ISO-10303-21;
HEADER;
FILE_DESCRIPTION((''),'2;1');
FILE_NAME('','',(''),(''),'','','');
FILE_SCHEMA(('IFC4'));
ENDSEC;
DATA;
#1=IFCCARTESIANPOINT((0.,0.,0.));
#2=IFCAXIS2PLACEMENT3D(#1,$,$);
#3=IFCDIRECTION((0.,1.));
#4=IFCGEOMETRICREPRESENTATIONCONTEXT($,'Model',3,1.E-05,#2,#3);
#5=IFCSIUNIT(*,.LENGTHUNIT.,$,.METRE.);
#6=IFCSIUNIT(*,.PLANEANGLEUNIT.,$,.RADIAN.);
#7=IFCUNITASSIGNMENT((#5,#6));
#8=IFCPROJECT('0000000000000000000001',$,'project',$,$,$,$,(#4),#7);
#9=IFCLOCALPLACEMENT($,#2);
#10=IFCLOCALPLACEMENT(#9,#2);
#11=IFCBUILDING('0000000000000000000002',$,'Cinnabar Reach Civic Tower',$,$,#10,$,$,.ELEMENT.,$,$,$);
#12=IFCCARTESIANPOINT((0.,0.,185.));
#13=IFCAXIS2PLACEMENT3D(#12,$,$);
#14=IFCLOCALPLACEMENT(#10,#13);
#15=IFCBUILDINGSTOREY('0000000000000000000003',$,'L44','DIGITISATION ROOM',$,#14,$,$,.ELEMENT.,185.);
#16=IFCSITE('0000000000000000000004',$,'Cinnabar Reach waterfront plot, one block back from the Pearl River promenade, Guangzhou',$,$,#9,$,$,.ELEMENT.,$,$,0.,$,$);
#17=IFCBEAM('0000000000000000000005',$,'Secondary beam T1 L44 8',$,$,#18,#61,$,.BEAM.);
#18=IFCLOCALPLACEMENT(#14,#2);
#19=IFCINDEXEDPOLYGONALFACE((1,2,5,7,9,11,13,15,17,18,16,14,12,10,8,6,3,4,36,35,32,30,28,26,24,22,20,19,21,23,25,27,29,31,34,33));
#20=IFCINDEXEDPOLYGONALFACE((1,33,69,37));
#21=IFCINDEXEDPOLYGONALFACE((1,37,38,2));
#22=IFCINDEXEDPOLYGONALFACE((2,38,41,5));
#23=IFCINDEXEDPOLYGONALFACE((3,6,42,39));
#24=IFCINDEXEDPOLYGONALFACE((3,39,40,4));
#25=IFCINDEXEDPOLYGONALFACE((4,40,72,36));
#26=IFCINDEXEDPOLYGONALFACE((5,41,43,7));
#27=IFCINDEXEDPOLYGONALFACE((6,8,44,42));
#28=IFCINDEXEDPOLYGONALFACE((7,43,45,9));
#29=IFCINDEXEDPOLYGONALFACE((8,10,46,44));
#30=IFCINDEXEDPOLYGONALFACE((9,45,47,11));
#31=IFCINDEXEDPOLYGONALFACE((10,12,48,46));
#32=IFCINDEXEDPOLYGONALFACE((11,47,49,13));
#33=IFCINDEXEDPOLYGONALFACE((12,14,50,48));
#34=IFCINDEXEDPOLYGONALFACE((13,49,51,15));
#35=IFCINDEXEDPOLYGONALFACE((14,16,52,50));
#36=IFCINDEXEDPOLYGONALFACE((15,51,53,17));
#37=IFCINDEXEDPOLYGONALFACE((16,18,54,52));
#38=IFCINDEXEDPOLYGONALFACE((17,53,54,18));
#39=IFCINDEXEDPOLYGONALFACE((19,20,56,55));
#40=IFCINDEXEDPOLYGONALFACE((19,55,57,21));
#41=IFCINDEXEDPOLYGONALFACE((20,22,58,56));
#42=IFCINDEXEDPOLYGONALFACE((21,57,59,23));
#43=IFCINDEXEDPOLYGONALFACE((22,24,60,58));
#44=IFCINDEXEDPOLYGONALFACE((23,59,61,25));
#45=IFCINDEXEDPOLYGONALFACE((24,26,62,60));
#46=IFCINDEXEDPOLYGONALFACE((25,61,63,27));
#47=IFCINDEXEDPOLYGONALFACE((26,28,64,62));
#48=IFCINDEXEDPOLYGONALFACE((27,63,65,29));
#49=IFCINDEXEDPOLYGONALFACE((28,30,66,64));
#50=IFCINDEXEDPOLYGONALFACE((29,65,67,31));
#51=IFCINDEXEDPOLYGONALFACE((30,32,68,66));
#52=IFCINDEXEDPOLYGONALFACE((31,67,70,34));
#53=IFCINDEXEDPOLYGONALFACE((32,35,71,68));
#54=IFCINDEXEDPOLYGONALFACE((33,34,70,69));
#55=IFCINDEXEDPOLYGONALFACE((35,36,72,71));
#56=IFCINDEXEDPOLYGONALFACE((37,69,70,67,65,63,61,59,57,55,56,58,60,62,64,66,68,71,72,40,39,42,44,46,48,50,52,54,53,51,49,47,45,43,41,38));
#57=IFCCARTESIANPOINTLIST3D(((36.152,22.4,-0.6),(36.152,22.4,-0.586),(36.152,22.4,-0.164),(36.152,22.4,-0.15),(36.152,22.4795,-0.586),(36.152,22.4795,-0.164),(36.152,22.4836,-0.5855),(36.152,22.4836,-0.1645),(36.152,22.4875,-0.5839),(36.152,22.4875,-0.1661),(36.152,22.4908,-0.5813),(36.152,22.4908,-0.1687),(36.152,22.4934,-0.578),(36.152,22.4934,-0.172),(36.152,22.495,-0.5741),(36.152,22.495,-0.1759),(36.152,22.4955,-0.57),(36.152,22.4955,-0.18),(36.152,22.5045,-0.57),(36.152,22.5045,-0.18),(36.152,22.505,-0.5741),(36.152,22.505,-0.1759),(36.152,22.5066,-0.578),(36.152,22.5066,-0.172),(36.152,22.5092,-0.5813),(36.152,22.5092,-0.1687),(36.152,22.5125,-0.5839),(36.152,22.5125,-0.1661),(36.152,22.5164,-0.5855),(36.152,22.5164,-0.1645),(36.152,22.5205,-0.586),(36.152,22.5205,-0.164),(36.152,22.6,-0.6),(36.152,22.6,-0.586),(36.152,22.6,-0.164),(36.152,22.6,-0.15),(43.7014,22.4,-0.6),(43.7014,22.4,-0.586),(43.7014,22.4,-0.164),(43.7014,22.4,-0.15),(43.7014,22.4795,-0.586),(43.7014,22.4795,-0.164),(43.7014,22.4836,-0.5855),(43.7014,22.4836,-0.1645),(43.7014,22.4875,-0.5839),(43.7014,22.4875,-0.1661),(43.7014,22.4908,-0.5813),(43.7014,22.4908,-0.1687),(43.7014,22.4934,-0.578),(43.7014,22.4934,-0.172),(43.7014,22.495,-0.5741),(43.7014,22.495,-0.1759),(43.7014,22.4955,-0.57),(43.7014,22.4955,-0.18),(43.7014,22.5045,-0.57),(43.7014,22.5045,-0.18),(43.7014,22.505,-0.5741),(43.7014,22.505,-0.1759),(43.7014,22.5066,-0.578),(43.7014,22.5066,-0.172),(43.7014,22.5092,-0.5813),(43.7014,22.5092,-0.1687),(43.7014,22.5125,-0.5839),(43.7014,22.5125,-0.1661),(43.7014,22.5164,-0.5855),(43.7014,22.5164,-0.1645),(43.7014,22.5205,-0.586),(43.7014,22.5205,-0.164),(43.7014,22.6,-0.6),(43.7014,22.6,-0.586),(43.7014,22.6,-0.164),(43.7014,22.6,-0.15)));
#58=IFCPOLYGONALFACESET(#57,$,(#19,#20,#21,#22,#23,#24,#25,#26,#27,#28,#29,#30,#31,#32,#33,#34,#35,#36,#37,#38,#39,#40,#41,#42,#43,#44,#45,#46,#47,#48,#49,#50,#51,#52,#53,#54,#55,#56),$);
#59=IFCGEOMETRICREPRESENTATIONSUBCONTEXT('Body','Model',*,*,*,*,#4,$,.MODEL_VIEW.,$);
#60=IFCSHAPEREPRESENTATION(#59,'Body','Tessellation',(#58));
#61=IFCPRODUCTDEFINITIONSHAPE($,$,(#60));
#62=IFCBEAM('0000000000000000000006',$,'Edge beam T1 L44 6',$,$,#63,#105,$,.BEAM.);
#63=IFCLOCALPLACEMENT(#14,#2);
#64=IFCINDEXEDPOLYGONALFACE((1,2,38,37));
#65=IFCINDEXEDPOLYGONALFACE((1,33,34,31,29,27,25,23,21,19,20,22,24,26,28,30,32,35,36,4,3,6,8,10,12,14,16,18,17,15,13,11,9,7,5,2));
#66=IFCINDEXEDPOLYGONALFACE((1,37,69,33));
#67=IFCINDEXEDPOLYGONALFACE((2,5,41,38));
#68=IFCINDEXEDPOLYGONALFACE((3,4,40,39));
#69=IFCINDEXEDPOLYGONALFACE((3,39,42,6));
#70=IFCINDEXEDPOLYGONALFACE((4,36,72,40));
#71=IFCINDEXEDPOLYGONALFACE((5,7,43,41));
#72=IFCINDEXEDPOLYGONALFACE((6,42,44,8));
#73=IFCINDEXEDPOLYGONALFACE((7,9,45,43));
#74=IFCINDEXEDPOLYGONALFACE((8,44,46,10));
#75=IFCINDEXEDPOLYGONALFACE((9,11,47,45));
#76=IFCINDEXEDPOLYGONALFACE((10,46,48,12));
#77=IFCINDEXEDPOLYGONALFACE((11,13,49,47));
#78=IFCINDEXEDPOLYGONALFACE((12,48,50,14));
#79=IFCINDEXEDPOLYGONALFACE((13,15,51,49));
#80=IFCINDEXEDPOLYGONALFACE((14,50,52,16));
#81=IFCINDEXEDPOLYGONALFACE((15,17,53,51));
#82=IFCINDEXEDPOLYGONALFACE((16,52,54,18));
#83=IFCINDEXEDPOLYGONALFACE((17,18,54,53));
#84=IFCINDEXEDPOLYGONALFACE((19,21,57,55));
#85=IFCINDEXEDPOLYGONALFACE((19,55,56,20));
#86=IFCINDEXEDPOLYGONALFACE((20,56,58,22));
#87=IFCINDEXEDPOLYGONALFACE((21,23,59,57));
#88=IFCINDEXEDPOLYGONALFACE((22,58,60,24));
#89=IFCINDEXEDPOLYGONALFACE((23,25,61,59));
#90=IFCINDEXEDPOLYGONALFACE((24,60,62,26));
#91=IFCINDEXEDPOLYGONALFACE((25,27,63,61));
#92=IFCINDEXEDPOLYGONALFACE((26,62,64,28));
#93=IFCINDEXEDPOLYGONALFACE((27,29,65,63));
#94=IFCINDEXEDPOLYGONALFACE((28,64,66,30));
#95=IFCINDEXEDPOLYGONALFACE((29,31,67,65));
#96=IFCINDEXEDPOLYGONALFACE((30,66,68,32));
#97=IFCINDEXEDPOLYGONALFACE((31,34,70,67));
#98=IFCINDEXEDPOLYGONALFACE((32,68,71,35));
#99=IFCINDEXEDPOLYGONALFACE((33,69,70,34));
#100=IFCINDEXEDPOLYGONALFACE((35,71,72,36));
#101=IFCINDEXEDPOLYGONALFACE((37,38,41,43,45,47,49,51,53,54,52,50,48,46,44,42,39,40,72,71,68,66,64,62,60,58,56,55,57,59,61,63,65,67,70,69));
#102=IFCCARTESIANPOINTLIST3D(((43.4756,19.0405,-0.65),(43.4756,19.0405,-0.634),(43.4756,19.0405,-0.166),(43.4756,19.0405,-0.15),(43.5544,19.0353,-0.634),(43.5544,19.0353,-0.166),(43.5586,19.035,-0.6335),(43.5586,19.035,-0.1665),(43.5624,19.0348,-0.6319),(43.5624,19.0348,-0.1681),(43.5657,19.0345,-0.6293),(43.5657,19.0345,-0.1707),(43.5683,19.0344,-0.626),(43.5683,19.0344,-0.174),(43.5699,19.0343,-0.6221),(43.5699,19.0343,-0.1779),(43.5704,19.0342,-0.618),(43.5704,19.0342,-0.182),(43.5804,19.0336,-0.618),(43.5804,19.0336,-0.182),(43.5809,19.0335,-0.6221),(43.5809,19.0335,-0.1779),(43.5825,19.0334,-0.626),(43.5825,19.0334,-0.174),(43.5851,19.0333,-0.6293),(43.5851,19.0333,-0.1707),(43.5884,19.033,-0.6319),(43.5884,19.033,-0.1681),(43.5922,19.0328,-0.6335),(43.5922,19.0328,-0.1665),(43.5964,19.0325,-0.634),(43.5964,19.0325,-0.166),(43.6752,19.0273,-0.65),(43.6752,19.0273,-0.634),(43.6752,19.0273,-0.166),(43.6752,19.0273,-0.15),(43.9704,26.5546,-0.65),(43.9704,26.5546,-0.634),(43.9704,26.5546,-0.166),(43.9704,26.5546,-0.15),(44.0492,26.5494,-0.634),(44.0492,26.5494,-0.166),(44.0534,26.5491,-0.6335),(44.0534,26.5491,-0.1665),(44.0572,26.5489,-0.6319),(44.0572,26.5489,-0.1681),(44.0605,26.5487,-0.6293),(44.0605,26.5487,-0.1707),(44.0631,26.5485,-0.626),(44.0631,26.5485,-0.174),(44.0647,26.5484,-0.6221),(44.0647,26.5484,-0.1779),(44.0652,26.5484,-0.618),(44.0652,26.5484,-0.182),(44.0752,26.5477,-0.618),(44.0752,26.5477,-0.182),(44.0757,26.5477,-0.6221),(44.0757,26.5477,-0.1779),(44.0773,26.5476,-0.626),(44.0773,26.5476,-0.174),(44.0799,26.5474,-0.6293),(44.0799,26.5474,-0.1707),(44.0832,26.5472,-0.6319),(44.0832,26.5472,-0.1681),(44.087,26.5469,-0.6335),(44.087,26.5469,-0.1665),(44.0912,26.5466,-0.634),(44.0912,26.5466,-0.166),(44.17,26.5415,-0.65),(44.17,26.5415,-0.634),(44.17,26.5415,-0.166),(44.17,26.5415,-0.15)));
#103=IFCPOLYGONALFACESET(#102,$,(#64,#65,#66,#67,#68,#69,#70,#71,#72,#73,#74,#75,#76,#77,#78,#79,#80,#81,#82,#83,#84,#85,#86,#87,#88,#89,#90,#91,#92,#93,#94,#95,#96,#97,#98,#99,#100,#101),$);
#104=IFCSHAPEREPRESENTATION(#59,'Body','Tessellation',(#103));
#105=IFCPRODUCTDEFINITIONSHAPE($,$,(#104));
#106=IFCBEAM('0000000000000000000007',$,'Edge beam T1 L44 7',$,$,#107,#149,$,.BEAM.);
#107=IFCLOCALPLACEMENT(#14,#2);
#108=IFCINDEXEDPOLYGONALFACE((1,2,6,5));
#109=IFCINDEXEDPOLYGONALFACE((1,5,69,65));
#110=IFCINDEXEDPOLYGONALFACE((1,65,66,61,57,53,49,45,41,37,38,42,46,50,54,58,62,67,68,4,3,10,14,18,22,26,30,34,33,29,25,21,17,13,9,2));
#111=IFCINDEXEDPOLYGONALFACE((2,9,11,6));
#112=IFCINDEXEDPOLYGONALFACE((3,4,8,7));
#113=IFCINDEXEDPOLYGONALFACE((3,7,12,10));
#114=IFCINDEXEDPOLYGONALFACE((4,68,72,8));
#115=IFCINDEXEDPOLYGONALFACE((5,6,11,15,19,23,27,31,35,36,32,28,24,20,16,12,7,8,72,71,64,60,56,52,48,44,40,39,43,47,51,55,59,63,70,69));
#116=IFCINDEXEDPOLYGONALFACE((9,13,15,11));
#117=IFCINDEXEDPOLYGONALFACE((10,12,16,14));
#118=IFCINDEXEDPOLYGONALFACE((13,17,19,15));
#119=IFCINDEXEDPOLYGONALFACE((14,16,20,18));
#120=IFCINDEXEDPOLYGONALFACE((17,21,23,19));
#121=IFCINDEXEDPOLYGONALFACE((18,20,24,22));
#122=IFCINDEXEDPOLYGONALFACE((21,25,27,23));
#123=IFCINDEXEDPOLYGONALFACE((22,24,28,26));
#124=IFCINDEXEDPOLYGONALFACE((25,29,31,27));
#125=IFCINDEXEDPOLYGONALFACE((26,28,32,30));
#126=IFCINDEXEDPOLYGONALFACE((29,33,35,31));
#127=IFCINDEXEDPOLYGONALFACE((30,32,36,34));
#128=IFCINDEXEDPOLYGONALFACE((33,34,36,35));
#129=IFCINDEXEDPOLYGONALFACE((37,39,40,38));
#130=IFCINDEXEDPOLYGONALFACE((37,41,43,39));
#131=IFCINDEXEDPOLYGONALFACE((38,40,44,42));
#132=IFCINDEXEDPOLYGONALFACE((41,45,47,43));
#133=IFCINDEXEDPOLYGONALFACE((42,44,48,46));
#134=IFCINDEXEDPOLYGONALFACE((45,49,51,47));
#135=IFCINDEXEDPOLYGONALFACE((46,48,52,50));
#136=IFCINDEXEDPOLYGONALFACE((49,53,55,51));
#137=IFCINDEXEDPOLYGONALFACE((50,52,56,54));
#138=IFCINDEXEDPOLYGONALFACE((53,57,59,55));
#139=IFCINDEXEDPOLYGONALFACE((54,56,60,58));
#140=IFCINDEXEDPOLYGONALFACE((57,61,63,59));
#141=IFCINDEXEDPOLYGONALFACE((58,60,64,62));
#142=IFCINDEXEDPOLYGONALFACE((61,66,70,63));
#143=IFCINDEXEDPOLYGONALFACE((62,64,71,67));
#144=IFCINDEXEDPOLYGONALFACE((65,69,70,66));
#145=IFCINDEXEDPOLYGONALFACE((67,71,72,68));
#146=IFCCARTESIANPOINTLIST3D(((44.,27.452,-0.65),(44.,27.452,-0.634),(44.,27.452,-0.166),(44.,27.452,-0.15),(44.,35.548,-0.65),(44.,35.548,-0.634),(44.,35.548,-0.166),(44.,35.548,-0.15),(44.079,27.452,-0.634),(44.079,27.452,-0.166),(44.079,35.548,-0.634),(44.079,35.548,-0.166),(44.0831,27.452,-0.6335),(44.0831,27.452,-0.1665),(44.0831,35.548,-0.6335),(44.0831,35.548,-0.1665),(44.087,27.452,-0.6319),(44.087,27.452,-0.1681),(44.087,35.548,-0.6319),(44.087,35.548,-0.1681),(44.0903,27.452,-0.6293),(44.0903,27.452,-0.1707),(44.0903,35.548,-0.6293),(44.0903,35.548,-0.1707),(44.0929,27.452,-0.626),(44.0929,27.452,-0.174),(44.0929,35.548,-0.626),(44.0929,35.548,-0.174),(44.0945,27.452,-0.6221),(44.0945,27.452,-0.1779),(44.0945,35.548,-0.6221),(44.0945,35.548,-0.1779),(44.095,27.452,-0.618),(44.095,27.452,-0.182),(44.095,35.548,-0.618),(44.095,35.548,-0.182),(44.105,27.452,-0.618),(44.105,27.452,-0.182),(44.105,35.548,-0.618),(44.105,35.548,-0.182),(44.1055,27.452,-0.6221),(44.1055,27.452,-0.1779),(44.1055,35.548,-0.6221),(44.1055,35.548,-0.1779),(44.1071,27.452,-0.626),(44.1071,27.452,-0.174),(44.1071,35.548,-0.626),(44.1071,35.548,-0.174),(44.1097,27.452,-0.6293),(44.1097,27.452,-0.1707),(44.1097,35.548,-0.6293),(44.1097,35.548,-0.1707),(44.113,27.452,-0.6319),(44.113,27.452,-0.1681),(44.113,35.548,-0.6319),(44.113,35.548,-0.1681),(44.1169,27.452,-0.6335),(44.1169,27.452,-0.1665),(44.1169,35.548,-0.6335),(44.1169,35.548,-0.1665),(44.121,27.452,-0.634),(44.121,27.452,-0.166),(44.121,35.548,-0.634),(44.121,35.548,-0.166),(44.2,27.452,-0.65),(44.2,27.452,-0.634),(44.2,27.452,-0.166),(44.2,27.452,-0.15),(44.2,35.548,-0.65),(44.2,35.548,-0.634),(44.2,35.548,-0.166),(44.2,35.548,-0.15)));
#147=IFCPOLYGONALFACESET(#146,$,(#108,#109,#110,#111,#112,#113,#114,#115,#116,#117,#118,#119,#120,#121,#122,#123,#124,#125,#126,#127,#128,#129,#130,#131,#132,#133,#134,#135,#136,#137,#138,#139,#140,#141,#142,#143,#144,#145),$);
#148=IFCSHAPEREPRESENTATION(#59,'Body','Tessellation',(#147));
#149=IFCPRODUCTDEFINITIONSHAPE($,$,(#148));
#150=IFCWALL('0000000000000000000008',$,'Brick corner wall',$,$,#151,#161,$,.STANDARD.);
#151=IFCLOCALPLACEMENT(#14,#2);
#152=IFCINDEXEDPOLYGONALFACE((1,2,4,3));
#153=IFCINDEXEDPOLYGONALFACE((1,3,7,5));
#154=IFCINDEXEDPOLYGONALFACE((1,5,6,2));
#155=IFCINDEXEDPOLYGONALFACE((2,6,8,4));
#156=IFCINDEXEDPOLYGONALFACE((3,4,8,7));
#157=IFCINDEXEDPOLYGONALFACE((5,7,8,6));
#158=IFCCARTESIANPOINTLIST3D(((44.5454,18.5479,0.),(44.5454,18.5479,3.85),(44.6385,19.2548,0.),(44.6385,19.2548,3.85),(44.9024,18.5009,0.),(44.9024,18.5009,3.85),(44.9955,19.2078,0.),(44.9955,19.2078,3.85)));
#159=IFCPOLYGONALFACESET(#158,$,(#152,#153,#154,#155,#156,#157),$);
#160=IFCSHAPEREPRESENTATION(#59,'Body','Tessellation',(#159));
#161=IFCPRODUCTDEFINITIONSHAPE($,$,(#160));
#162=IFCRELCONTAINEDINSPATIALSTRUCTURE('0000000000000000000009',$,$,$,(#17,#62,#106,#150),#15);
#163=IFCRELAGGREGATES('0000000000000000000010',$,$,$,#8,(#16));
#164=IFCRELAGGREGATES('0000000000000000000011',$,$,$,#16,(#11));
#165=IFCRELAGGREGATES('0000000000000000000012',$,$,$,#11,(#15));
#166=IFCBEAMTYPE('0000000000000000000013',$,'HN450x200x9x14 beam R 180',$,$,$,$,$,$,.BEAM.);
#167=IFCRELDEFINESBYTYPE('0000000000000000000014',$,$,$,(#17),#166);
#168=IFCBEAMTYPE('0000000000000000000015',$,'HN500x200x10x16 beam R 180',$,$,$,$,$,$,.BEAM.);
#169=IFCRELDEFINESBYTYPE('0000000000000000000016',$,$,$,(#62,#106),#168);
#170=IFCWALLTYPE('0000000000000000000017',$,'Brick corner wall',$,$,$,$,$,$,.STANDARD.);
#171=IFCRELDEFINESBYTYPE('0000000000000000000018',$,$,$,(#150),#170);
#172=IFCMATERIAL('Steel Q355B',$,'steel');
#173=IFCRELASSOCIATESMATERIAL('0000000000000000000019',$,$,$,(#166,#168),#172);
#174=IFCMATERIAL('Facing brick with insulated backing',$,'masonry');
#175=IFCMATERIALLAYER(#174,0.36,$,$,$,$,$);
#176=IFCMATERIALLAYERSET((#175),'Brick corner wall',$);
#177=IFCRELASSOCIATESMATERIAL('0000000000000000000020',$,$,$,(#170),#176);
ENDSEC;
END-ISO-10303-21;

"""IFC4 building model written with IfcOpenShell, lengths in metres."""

from ifc_helpers import new_model, si_unit, direction, frame, frame_2d, origin, origin_2d, place, context, subcontext, project, spatial, rectangle, i_section, extrude, material, layer, layer_set, material_profile, profile_set, type_object, element, save


model = new_model("IFC4")

# Units and contexts
model_context = context("Model", 3, precision=1e-05, world=origin(), true_north=direction((0.0, 1.0)))
body_context = subcontext(model_context, "Body", "Model", "MODEL_VIEW")
ifc_project = project(units=[si_unit("LENGTHUNIT", "METRE"), si_unit("PLANEANGLEUNIT", "RADIAN")], contexts=[model_context])

# Site, building, storey
site_placement = place(None, origin())
site = spatial("IfcSite", under=ifc_project, at=site_placement, Name="Cinnabar Reach waterfront plot, one block back from the Pearl River promenade, Guangzhou", CompositionType="ELEMENT", RefElevation=0.0)
building_placement = place(site_placement, origin())
building = spatial("IfcBuilding", under=site, at=building_placement, Name="Cinnabar Reach Civic Tower", CompositionType="ELEMENT")
storey_placement = place(building_placement, frame((0.0, 0.0, 185.0)))
storey = spatial("IfcBuildingStorey", under=building, at=storey_placement, Name="L44", Description="DIGITISATION ROOM", CompositionType="ELEMENT", Elevation=185.0)

# Beams
ifc_material_1 = material(Name="Steel Q355B", Category="steel")
ifc_material_profile_1 = material_profile(ifc_material_1, i_section(OverallWidth=0.2, OverallDepth=0.45, WebThickness=0.009, FlangeThickness=0.014, FilletRadius=0.016, at=origin_2d()), Name="HN450x200x9x14")
ifc_profile_set_1 = profile_set([ifc_material_profile_1], Name="Steel Q355B")
beam_type_1 = type_object("IfcBeamType", Name="HN450x200x9x14 beam R 180", PredefinedType="BEAM", material=ifc_profile_set_1)
beam_1_placement = place(storey_placement, frame((36.152, 22.5, -0.375), z_axis=(1.0, 0.0, 0.0), x_axis=(0.0, 1.0, 0.0)))
element("IfcBeam", 1, at=beam_1_placement, inside=storey, type_object=beam_type_1, Name="Secondary beam T1 L44 8", PredefinedType="BEAM", context=body_context, shape_type="SweptSolid", body=[
    extrude(i_section(OverallWidth=0.2, OverallDepth=0.45, WebThickness=0.009, FlangeThickness=0.014, FilletRadius=0.016, at=origin_2d()), origin(), (0.0, 0.0, 1.0), 7.5494),
])
ifc_material_profile_2 = material_profile(ifc_material_1, i_section(OverallWidth=0.2, OverallDepth=0.5, WebThickness=0.01, FlangeThickness=0.016, FilletRadius=0.016, at=origin_2d()), Name="HN500x200x10x16")
ifc_profile_set_2 = profile_set([ifc_material_profile_2], Name="Steel Q355B")
beam_type_2 = type_object("IfcBeamType", Name="HN500x200x10x16 beam R 180", PredefinedType="BEAM", material=ifc_profile_set_2)
beam_2_placement = place(storey_placement, frame((43.5754, 19.0339, -0.4), z_axis=(0.065707, 0.997839, 0.0), x_axis=(-0.997839, 0.065707, 0.0)))
element("IfcBeam", 2, at=beam_2_placement, inside=storey, type_object=beam_type_2, Name="Edge beam T1 L44 6", PredefinedType="BEAM", context=body_context, shape_type="SweptSolid", body=[
    extrude(i_section(OverallWidth=0.2, OverallDepth=0.5, WebThickness=0.01, FlangeThickness=0.016, FilletRadius=0.016, at=origin_2d()), origin(), (0.0, 0.0, 1.0), 7.5304),
])
beam_3_placement = place(storey_placement, frame((44.1, 27.452, -0.4), z_axis=(0.0, 1.0, 0.0), x_axis=(-1.0, 0.0, 0.0)))
element("IfcBeam", 3, at=beam_3_placement, inside=storey, type_object=beam_type_2, Name="Edge beam T1 L44 7", PredefinedType="BEAM", context=body_context, shape_type="SweptSolid", body=[
    extrude(i_section(OverallWidth=0.2, OverallDepth=0.5, WebThickness=0.01, FlangeThickness=0.016, FilletRadius=0.016, at=origin_2d()), origin(), (0.0, 0.0, 1.0), 8.096),
])

# Wall
ifc_material_2 = material(Name="Facing brick with insulated backing", Category="masonry")
ifc_layer_1 = layer(ifc_material_2, 0.36)
ifc_layer_set_1 = layer_set([ifc_layer_1], Name="Brick corner wall")
wall_type_1 = type_object("IfcWallType", Name="Brick corner wall", PredefinedType="STANDARD", material=ifc_layer_set_1)
wall_1_placement = place(storey_placement, frame((44.7239, 18.5244, 0.0), z_axis=(0.0, 0.0, 1.0), x_axis=(0.130556, 0.991441, 0.0)))
element("IfcWall", 4, at=wall_1_placement, inside=storey, type_object=wall_type_1, Name="Brick corner wall", PredefinedType="STANDARD", context=body_context, shape_type="SweptSolid", body=[
    extrude(rectangle(XDim=0.7131, YDim=0.36, at=frame_2d((0.3565, 0.0))), origin(), (0.0, 0.0, 1.0), 3.85),
])

save(model, "model.ifc")
